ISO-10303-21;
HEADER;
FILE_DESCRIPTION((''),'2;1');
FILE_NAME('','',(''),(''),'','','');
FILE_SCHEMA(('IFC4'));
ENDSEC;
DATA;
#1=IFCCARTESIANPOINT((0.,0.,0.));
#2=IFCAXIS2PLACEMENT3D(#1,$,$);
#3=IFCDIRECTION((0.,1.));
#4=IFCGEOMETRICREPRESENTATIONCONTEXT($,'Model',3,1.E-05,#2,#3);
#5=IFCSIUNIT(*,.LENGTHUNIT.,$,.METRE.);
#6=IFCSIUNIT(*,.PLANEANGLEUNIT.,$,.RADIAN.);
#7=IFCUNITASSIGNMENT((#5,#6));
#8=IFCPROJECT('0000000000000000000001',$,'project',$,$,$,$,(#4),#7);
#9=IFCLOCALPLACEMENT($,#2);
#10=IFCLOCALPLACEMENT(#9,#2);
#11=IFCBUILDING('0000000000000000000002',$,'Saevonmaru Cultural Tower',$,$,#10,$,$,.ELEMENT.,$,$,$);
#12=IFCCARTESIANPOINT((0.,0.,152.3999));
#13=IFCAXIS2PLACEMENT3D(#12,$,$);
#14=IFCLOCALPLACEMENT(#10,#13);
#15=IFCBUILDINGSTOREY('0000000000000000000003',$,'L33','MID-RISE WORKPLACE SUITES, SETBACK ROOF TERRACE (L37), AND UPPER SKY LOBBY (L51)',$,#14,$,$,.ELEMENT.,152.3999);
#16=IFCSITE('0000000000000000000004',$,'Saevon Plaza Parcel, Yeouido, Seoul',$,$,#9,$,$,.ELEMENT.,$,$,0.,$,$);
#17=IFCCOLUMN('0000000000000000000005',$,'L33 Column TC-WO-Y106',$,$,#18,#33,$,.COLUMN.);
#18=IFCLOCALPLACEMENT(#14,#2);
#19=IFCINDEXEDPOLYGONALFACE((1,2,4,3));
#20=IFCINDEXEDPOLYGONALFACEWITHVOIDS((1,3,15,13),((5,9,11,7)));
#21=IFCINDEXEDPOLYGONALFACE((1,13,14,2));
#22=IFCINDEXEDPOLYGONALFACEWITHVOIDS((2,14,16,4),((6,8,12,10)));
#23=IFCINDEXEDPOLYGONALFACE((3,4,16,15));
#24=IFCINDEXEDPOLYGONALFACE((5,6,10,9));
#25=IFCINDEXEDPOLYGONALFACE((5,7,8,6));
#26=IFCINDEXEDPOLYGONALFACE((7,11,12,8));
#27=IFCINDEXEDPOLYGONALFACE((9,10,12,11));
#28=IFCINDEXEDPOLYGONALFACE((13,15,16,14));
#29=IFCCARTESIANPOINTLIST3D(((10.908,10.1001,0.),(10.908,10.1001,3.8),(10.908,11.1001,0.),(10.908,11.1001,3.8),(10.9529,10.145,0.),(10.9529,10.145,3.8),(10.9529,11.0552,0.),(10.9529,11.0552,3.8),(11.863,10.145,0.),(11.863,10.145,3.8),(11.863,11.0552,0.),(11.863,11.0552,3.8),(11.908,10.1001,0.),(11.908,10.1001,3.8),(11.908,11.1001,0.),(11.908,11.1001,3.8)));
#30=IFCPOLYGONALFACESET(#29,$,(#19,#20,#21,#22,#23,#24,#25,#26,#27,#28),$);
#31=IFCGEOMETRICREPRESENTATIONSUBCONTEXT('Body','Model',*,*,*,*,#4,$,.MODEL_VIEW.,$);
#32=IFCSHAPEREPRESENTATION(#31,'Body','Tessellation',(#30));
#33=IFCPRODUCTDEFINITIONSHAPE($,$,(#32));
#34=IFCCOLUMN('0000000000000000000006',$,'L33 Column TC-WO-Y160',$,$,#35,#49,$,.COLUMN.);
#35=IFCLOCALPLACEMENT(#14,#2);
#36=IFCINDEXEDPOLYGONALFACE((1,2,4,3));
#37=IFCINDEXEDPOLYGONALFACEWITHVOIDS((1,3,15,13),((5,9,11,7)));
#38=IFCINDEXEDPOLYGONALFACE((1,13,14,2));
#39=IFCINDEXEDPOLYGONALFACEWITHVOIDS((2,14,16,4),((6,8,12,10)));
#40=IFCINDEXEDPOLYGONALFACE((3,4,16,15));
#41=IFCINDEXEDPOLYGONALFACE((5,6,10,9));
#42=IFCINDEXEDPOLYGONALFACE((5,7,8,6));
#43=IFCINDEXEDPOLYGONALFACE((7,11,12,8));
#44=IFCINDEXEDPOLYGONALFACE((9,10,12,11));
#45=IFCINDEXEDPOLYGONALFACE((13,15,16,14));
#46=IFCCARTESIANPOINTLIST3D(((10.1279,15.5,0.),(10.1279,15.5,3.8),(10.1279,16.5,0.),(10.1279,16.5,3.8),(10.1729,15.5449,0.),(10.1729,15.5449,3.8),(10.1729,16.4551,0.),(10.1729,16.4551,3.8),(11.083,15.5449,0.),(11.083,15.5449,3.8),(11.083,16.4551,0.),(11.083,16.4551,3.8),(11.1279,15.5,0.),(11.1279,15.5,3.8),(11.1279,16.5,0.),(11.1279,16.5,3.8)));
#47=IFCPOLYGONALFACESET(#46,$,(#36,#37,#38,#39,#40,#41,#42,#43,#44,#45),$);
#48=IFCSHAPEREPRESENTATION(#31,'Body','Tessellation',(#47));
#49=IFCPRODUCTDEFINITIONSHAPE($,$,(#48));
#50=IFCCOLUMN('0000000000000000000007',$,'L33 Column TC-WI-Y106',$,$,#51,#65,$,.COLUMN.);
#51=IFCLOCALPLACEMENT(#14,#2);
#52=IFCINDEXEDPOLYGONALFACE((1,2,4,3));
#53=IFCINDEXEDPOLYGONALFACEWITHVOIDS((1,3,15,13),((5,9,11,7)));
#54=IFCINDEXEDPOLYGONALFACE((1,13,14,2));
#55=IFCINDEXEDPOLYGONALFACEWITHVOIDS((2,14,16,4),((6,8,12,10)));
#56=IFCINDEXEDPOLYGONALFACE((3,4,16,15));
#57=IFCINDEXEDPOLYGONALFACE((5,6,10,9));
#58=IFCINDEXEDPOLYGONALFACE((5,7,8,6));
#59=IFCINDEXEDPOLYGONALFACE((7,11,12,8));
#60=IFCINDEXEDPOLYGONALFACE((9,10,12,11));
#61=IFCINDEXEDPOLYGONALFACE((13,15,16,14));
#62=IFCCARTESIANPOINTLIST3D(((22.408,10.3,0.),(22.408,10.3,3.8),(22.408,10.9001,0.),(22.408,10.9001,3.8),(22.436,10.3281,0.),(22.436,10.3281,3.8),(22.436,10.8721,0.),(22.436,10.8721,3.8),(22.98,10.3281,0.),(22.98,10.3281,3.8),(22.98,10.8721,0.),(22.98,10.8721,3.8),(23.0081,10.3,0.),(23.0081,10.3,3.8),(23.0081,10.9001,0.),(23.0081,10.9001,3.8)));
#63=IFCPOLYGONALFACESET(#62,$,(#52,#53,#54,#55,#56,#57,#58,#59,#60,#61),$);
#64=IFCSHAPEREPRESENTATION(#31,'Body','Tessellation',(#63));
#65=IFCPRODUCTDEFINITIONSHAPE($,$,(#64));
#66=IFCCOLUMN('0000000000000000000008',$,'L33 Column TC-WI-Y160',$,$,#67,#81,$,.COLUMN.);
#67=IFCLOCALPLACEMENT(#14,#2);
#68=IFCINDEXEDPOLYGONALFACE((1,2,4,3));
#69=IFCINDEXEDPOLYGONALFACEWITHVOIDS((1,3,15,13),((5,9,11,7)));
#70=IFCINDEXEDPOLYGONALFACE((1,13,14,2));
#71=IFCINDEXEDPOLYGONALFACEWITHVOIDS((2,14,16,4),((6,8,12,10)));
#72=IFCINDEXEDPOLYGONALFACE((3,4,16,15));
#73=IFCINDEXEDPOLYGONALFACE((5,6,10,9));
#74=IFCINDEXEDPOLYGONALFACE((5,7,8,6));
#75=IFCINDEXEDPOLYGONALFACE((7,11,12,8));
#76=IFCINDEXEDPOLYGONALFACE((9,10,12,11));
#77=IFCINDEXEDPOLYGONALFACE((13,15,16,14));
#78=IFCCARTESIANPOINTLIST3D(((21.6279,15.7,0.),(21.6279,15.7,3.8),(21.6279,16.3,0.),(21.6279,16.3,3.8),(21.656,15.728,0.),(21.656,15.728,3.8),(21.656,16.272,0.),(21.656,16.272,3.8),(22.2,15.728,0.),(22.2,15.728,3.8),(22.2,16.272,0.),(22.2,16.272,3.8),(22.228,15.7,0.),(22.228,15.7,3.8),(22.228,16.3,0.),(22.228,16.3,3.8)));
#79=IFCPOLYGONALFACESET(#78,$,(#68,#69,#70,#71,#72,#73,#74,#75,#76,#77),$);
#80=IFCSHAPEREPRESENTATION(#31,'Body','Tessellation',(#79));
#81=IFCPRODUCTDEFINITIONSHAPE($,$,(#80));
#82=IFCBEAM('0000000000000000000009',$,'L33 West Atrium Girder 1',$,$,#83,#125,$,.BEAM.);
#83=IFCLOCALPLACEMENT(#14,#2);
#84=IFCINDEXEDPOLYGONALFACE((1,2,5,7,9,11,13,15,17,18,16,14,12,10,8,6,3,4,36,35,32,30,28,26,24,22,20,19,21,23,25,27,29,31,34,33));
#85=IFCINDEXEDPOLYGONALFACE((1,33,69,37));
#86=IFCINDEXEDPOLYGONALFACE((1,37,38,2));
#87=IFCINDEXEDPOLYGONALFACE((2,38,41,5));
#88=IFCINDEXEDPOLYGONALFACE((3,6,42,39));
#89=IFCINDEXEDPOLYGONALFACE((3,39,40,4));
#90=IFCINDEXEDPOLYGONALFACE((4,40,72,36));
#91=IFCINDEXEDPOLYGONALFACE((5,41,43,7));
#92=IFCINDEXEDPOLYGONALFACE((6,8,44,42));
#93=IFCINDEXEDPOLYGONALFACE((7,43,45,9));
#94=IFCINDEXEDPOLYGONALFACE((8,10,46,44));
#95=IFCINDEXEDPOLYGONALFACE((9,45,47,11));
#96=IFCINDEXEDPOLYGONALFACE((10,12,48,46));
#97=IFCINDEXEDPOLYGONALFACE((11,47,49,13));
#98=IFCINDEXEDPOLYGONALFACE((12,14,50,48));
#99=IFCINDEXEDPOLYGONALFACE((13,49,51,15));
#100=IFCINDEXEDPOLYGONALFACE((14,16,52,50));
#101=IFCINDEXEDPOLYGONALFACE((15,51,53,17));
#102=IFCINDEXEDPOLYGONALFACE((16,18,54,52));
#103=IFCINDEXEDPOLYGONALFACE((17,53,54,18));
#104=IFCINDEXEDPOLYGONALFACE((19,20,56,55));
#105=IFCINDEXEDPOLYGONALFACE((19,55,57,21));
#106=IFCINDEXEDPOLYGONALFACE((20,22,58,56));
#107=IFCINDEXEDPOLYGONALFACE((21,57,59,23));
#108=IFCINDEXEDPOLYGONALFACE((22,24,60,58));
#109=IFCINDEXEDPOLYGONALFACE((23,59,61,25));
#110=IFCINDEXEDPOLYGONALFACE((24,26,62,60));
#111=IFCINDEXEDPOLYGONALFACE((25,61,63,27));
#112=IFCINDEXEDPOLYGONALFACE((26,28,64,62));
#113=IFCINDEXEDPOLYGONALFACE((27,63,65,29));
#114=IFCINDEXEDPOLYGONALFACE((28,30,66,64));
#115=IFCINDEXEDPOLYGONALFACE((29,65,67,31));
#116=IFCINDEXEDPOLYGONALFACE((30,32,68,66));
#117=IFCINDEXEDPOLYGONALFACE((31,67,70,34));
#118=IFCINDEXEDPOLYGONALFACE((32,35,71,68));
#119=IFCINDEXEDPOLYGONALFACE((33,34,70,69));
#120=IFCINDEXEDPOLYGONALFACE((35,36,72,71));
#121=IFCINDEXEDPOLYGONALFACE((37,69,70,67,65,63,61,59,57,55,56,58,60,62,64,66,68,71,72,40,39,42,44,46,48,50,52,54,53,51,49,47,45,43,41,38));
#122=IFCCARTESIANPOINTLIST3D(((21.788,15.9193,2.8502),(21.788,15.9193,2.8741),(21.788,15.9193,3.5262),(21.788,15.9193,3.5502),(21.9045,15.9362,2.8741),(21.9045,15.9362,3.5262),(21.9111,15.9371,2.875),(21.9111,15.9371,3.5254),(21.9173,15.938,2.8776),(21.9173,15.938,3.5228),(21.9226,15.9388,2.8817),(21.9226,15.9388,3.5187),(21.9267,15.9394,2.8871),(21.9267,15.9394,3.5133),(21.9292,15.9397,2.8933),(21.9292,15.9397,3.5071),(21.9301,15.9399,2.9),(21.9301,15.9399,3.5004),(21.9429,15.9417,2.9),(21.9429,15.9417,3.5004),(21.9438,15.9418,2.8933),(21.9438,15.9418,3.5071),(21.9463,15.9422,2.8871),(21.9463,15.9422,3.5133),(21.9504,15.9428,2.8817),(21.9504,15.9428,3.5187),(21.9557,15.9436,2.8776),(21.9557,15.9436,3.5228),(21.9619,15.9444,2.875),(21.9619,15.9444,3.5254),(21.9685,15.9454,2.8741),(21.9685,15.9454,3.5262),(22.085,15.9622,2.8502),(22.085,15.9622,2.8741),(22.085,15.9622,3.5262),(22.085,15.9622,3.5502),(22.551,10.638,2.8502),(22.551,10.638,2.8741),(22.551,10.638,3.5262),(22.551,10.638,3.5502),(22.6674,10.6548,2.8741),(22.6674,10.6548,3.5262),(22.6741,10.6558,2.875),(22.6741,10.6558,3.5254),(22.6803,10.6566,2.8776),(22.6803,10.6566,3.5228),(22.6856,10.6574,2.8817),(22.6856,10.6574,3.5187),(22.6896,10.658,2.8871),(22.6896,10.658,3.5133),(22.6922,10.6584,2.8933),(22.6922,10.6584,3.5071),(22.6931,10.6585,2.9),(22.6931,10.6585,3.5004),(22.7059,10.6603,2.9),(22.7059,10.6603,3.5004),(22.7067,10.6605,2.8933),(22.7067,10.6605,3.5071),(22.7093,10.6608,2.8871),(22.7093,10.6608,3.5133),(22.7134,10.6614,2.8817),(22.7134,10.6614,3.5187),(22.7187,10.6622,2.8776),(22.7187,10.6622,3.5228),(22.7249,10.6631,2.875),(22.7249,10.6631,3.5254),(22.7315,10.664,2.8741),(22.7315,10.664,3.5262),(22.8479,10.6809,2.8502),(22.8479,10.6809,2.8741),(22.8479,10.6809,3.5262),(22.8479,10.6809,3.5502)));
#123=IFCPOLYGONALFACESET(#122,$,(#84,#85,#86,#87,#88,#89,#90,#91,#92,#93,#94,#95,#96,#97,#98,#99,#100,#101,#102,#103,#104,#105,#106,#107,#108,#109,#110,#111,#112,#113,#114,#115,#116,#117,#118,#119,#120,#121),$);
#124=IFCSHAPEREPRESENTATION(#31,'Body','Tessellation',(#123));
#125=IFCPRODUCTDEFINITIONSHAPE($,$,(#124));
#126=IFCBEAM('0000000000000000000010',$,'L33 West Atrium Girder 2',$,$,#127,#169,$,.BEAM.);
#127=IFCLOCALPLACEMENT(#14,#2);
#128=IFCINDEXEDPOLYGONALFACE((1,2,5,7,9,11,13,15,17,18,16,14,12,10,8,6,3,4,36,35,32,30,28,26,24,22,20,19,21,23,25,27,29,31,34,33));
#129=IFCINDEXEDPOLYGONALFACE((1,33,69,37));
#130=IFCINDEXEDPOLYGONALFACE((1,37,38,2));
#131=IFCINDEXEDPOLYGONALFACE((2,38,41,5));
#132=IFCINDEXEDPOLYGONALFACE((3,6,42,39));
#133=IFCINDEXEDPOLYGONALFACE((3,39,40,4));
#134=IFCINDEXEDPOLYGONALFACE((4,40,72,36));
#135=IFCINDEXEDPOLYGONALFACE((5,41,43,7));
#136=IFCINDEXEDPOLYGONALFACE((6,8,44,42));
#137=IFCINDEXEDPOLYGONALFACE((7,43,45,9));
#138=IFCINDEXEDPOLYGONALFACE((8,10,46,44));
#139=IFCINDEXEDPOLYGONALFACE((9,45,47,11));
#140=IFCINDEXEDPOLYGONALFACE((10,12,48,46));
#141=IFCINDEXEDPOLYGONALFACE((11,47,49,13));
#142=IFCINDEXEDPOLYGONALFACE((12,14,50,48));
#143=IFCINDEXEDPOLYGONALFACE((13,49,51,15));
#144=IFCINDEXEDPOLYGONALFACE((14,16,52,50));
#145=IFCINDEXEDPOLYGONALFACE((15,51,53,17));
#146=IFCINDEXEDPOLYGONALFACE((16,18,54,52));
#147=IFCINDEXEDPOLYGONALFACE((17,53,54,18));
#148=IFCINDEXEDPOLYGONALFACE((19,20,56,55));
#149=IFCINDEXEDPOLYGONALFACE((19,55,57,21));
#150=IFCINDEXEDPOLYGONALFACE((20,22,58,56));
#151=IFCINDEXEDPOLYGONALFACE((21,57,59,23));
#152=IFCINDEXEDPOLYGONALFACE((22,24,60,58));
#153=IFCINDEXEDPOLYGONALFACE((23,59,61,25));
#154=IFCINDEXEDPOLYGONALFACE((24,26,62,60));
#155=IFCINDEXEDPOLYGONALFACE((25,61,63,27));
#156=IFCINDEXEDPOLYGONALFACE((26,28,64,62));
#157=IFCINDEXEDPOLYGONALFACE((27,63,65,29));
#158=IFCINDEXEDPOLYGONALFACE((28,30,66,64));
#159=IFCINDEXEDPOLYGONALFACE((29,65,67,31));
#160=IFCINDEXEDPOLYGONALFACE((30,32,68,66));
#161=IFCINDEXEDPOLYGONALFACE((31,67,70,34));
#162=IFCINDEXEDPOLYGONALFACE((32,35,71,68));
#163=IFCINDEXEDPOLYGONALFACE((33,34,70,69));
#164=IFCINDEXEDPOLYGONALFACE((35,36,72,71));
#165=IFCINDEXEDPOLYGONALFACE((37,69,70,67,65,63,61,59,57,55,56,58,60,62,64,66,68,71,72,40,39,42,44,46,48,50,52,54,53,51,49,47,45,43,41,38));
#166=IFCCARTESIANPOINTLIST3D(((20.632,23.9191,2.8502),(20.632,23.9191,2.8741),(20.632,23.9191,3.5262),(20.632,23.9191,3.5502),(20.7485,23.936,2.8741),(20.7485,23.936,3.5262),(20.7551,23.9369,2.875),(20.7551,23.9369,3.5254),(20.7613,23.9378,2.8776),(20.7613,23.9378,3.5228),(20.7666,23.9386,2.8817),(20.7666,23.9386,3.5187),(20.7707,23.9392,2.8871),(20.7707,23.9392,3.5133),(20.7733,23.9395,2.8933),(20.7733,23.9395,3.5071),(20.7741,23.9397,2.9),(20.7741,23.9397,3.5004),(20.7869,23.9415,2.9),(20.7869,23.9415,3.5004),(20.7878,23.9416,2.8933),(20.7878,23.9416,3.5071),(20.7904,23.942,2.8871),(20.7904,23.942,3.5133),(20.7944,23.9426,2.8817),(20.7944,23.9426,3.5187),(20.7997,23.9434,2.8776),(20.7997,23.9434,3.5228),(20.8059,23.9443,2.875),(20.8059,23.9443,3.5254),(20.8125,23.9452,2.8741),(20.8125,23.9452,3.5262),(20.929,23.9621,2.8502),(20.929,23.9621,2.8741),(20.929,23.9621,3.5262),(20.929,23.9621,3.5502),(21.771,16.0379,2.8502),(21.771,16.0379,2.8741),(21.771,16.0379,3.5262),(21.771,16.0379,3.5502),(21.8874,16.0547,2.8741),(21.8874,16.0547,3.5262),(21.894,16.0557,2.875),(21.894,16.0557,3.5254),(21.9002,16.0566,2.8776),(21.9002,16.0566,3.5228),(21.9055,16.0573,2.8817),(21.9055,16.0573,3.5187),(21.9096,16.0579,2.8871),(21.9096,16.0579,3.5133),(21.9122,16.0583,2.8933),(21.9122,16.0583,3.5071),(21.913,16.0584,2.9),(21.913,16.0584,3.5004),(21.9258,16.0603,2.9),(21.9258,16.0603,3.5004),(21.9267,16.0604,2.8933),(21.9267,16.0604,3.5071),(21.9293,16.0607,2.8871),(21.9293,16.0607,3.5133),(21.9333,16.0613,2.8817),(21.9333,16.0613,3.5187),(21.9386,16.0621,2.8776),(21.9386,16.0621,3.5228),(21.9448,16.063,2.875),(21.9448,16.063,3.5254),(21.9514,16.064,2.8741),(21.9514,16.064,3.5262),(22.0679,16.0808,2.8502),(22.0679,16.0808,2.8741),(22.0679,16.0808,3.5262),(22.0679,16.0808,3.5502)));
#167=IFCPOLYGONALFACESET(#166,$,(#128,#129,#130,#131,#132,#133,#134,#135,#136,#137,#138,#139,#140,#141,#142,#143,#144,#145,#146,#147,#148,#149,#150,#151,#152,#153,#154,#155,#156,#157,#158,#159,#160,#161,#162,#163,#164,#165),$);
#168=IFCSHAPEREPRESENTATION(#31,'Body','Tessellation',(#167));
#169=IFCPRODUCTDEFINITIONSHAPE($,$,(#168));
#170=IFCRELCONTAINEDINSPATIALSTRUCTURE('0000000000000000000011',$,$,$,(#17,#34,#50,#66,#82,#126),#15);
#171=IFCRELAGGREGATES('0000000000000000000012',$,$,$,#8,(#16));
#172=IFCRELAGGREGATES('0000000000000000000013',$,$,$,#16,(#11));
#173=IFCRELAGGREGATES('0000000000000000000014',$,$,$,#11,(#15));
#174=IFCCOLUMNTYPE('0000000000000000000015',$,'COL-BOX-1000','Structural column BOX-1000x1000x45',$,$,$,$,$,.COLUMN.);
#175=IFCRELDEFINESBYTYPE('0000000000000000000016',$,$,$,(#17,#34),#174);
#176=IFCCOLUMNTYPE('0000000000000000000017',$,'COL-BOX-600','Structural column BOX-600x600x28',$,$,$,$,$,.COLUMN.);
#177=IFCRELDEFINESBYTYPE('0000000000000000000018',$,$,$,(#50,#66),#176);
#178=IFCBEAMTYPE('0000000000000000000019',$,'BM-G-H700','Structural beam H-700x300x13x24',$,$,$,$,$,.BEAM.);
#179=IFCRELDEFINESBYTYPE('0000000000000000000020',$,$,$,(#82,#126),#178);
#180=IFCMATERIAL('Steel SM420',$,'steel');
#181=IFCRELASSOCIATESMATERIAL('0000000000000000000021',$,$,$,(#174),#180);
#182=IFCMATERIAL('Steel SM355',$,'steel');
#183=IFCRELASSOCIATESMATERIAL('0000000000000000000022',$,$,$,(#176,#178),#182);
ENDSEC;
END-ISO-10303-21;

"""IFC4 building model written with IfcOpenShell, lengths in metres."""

from ifc_helpers import new_model, si_unit, direction, frame, origin, origin_2d, place, context, subcontext, project, spatial, hollow_rectangle, i_section, extrude, material, material_profile, profile_set, type_object, element, save


model = new_model("IFC4")

# Units and contexts
model_context = context("Model", 3, precision=1e-05, world=origin(), true_north=direction((0.0, 1.0)))
body_context = subcontext(model_context, "Body", "Model", "MODEL_VIEW")
ifc_project = project(units=[si_unit("LENGTHUNIT", "METRE"), si_unit("PLANEANGLEUNIT", "RADIAN")], contexts=[model_context])

# Site, building, storey
site_placement = place(None, origin())
site = spatial("IfcSite", under=ifc_project, at=site_placement, Name="Saevon Plaza Parcel, Yeouido, Seoul", CompositionType="ELEMENT", RefElevation=0.0)
building_placement = place(site_placement, origin())
building = spatial("IfcBuilding", under=site, at=building_placement, Name="Saevonmaru Cultural Tower", CompositionType="ELEMENT")
storey_placement = place(building_placement, frame((0.0, 0.0, 152.3999)))
storey = spatial("IfcBuildingStorey", under=building, at=storey_placement, Name="L33", Description="MID-RISE WORKPLACE SUITES, SETBACK ROOF TERRACE (L37), AND UPPER SKY LOBBY (L51)", CompositionType="ELEMENT", Elevation=152.3999)

# Columns
ifc_material_1 = material(Name="Steel SM420", Category="steel")
ifc_material_profile_1 = material_profile(ifc_material_1, hollow_rectangle(XDim=1.0, YDim=1.0, WallThickness=0.0449, at=origin_2d()), Name="BOX-1000x1000x45")
ifc_profile_set_1 = profile_set([ifc_material_profile_1], Name="Steel SM420")
column_type_1 = type_object("IfcColumnType", Name="COL-BOX-1000", Description="Structural column BOX-1000x1000x45", PredefinedType="COLUMN", material=ifc_profile_set_1)
for number, where, z_axis, x_axis, name in (
    (1, (11.408, 10.6001, 0.0), (0.0, 0.0, 1.0), (1.0, 0.0, 0.0), "L33 Column TC-WO-Y106"),
    (2, (10.6279, 16.0, 0.0), (0.0, 0.0, 1.0), (1.0, 0.0, 0.0), "L33 Column TC-WO-Y160"),
):
    element("IfcColumn", number, at=place(storey_placement, frame(where, z_axis=z_axis, x_axis=x_axis)), inside=storey, type_object=column_type_1, Name=name, PredefinedType="COLUMN", context=body_context, shape_type="SweptSolid", body=[
        extrude(hollow_rectangle(XDim=1.0, YDim=1.0, WallThickness=0.0449, at=origin_2d()), origin(), (0.0, 0.0, 1.0), 3.8),
    ])
ifc_material_2 = material(Name="Steel SM355", Category="steel")
ifc_material_profile_2 = material_profile(ifc_material_2, hollow_rectangle(XDim=0.6001, YDim=0.6001, WallThickness=0.0281, at=origin_2d()), Name="BOX-600x600x28")
ifc_profile_set_2 = profile_set([ifc_material_profile_2], Name="Steel SM355")
column_type_2 = type_object("IfcColumnType", Name="COL-BOX-600", Description="Structural column BOX-600x600x28", PredefinedType="COLUMN", material=ifc_profile_set_2)
for number, where, z_axis, x_axis, name in (
    (3, (22.708, 10.6001, 0.0), (0.0, 0.0, 1.0), (1.0, 0.0, 0.0), "L33 Column TC-WI-Y106"),
    (4, (21.928, 16.0, 0.0), (0.0, 0.0, 1.0), (1.0, 0.0, 0.0), "L33 Column TC-WI-Y160"),
):
    element("IfcColumn", number, at=place(storey_placement, frame(where, z_axis=z_axis, x_axis=x_axis)), inside=storey, type_object=column_type_2, Name=name, PredefinedType="COLUMN", context=body_context, shape_type="SweptSolid", body=[
        extrude(hollow_rectangle(XDim=0.6001, YDim=0.6001, WallThickness=0.0281, at=origin_2d()), origin(), (0.0, 0.0, 1.0), 3.8),
    ])

# Beams
ifc_material_profile_3 = material_profile(ifc_material_2, i_section(OverallWidth=0.3, OverallDepth=0.7, WebThickness=0.0129, FlangeThickness=0.0239, FilletRadius=0.0259, at=origin_2d()), Name="H-700x300x13x24")
ifc_profile_set_3 = profile_set([ifc_material_profile_3], Name="Steel SM355")
beam_type_1 = type_object("IfcBeamType", Name="BM-G-H700", Description="Structural beam H-700x300x13x24", PredefinedType="BEAM", material=ifc_profile_set_3)
beam_1_placement = place(storey_placement, frame((22.6995, 10.6594, 3.2002), z_axis=(-0.142978, 0.989726, 0.0), x_axis=(-0.989726, -0.142978, 0.0)))
element("IfcBeam", 5, at=beam_1_placement, inside=storey, type_object=beam_type_1, Name="L33 West Atrium Girder 1", PredefinedType="BEAM", context=body_context, shape_type="SweptSolid", body=[
    extrude(i_section(OverallWidth=0.3, OverallDepth=0.7, WebThickness=0.0129, FlangeThickness=0.0239, FilletRadius=0.0259, at=origin_2d()), origin(), (0.0, 0.0, 1.0), 5.3362),
])
beam_2_placement = place(storey_placement, frame((21.9194, 16.0593, 3.2002), z_axis=(-0.143022, 0.989719, 0.0), x_axis=(-0.989719, -0.143022, 0.0)))
element("IfcBeam", 6, at=beam_2_placement, inside=storey, type_object=beam_type_1, Name="L33 West Atrium Girder 2", PredefinedType="BEAM", context=body_context, shape_type="SweptSolid", body=[
    extrude(i_section(OverallWidth=0.3, OverallDepth=0.7, WebThickness=0.0129, FlangeThickness=0.0239, FilletRadius=0.0259, at=origin_2d()), origin(), (0.0, 0.0, 1.0), 7.9631),
])

save(model, "model.ifc")
